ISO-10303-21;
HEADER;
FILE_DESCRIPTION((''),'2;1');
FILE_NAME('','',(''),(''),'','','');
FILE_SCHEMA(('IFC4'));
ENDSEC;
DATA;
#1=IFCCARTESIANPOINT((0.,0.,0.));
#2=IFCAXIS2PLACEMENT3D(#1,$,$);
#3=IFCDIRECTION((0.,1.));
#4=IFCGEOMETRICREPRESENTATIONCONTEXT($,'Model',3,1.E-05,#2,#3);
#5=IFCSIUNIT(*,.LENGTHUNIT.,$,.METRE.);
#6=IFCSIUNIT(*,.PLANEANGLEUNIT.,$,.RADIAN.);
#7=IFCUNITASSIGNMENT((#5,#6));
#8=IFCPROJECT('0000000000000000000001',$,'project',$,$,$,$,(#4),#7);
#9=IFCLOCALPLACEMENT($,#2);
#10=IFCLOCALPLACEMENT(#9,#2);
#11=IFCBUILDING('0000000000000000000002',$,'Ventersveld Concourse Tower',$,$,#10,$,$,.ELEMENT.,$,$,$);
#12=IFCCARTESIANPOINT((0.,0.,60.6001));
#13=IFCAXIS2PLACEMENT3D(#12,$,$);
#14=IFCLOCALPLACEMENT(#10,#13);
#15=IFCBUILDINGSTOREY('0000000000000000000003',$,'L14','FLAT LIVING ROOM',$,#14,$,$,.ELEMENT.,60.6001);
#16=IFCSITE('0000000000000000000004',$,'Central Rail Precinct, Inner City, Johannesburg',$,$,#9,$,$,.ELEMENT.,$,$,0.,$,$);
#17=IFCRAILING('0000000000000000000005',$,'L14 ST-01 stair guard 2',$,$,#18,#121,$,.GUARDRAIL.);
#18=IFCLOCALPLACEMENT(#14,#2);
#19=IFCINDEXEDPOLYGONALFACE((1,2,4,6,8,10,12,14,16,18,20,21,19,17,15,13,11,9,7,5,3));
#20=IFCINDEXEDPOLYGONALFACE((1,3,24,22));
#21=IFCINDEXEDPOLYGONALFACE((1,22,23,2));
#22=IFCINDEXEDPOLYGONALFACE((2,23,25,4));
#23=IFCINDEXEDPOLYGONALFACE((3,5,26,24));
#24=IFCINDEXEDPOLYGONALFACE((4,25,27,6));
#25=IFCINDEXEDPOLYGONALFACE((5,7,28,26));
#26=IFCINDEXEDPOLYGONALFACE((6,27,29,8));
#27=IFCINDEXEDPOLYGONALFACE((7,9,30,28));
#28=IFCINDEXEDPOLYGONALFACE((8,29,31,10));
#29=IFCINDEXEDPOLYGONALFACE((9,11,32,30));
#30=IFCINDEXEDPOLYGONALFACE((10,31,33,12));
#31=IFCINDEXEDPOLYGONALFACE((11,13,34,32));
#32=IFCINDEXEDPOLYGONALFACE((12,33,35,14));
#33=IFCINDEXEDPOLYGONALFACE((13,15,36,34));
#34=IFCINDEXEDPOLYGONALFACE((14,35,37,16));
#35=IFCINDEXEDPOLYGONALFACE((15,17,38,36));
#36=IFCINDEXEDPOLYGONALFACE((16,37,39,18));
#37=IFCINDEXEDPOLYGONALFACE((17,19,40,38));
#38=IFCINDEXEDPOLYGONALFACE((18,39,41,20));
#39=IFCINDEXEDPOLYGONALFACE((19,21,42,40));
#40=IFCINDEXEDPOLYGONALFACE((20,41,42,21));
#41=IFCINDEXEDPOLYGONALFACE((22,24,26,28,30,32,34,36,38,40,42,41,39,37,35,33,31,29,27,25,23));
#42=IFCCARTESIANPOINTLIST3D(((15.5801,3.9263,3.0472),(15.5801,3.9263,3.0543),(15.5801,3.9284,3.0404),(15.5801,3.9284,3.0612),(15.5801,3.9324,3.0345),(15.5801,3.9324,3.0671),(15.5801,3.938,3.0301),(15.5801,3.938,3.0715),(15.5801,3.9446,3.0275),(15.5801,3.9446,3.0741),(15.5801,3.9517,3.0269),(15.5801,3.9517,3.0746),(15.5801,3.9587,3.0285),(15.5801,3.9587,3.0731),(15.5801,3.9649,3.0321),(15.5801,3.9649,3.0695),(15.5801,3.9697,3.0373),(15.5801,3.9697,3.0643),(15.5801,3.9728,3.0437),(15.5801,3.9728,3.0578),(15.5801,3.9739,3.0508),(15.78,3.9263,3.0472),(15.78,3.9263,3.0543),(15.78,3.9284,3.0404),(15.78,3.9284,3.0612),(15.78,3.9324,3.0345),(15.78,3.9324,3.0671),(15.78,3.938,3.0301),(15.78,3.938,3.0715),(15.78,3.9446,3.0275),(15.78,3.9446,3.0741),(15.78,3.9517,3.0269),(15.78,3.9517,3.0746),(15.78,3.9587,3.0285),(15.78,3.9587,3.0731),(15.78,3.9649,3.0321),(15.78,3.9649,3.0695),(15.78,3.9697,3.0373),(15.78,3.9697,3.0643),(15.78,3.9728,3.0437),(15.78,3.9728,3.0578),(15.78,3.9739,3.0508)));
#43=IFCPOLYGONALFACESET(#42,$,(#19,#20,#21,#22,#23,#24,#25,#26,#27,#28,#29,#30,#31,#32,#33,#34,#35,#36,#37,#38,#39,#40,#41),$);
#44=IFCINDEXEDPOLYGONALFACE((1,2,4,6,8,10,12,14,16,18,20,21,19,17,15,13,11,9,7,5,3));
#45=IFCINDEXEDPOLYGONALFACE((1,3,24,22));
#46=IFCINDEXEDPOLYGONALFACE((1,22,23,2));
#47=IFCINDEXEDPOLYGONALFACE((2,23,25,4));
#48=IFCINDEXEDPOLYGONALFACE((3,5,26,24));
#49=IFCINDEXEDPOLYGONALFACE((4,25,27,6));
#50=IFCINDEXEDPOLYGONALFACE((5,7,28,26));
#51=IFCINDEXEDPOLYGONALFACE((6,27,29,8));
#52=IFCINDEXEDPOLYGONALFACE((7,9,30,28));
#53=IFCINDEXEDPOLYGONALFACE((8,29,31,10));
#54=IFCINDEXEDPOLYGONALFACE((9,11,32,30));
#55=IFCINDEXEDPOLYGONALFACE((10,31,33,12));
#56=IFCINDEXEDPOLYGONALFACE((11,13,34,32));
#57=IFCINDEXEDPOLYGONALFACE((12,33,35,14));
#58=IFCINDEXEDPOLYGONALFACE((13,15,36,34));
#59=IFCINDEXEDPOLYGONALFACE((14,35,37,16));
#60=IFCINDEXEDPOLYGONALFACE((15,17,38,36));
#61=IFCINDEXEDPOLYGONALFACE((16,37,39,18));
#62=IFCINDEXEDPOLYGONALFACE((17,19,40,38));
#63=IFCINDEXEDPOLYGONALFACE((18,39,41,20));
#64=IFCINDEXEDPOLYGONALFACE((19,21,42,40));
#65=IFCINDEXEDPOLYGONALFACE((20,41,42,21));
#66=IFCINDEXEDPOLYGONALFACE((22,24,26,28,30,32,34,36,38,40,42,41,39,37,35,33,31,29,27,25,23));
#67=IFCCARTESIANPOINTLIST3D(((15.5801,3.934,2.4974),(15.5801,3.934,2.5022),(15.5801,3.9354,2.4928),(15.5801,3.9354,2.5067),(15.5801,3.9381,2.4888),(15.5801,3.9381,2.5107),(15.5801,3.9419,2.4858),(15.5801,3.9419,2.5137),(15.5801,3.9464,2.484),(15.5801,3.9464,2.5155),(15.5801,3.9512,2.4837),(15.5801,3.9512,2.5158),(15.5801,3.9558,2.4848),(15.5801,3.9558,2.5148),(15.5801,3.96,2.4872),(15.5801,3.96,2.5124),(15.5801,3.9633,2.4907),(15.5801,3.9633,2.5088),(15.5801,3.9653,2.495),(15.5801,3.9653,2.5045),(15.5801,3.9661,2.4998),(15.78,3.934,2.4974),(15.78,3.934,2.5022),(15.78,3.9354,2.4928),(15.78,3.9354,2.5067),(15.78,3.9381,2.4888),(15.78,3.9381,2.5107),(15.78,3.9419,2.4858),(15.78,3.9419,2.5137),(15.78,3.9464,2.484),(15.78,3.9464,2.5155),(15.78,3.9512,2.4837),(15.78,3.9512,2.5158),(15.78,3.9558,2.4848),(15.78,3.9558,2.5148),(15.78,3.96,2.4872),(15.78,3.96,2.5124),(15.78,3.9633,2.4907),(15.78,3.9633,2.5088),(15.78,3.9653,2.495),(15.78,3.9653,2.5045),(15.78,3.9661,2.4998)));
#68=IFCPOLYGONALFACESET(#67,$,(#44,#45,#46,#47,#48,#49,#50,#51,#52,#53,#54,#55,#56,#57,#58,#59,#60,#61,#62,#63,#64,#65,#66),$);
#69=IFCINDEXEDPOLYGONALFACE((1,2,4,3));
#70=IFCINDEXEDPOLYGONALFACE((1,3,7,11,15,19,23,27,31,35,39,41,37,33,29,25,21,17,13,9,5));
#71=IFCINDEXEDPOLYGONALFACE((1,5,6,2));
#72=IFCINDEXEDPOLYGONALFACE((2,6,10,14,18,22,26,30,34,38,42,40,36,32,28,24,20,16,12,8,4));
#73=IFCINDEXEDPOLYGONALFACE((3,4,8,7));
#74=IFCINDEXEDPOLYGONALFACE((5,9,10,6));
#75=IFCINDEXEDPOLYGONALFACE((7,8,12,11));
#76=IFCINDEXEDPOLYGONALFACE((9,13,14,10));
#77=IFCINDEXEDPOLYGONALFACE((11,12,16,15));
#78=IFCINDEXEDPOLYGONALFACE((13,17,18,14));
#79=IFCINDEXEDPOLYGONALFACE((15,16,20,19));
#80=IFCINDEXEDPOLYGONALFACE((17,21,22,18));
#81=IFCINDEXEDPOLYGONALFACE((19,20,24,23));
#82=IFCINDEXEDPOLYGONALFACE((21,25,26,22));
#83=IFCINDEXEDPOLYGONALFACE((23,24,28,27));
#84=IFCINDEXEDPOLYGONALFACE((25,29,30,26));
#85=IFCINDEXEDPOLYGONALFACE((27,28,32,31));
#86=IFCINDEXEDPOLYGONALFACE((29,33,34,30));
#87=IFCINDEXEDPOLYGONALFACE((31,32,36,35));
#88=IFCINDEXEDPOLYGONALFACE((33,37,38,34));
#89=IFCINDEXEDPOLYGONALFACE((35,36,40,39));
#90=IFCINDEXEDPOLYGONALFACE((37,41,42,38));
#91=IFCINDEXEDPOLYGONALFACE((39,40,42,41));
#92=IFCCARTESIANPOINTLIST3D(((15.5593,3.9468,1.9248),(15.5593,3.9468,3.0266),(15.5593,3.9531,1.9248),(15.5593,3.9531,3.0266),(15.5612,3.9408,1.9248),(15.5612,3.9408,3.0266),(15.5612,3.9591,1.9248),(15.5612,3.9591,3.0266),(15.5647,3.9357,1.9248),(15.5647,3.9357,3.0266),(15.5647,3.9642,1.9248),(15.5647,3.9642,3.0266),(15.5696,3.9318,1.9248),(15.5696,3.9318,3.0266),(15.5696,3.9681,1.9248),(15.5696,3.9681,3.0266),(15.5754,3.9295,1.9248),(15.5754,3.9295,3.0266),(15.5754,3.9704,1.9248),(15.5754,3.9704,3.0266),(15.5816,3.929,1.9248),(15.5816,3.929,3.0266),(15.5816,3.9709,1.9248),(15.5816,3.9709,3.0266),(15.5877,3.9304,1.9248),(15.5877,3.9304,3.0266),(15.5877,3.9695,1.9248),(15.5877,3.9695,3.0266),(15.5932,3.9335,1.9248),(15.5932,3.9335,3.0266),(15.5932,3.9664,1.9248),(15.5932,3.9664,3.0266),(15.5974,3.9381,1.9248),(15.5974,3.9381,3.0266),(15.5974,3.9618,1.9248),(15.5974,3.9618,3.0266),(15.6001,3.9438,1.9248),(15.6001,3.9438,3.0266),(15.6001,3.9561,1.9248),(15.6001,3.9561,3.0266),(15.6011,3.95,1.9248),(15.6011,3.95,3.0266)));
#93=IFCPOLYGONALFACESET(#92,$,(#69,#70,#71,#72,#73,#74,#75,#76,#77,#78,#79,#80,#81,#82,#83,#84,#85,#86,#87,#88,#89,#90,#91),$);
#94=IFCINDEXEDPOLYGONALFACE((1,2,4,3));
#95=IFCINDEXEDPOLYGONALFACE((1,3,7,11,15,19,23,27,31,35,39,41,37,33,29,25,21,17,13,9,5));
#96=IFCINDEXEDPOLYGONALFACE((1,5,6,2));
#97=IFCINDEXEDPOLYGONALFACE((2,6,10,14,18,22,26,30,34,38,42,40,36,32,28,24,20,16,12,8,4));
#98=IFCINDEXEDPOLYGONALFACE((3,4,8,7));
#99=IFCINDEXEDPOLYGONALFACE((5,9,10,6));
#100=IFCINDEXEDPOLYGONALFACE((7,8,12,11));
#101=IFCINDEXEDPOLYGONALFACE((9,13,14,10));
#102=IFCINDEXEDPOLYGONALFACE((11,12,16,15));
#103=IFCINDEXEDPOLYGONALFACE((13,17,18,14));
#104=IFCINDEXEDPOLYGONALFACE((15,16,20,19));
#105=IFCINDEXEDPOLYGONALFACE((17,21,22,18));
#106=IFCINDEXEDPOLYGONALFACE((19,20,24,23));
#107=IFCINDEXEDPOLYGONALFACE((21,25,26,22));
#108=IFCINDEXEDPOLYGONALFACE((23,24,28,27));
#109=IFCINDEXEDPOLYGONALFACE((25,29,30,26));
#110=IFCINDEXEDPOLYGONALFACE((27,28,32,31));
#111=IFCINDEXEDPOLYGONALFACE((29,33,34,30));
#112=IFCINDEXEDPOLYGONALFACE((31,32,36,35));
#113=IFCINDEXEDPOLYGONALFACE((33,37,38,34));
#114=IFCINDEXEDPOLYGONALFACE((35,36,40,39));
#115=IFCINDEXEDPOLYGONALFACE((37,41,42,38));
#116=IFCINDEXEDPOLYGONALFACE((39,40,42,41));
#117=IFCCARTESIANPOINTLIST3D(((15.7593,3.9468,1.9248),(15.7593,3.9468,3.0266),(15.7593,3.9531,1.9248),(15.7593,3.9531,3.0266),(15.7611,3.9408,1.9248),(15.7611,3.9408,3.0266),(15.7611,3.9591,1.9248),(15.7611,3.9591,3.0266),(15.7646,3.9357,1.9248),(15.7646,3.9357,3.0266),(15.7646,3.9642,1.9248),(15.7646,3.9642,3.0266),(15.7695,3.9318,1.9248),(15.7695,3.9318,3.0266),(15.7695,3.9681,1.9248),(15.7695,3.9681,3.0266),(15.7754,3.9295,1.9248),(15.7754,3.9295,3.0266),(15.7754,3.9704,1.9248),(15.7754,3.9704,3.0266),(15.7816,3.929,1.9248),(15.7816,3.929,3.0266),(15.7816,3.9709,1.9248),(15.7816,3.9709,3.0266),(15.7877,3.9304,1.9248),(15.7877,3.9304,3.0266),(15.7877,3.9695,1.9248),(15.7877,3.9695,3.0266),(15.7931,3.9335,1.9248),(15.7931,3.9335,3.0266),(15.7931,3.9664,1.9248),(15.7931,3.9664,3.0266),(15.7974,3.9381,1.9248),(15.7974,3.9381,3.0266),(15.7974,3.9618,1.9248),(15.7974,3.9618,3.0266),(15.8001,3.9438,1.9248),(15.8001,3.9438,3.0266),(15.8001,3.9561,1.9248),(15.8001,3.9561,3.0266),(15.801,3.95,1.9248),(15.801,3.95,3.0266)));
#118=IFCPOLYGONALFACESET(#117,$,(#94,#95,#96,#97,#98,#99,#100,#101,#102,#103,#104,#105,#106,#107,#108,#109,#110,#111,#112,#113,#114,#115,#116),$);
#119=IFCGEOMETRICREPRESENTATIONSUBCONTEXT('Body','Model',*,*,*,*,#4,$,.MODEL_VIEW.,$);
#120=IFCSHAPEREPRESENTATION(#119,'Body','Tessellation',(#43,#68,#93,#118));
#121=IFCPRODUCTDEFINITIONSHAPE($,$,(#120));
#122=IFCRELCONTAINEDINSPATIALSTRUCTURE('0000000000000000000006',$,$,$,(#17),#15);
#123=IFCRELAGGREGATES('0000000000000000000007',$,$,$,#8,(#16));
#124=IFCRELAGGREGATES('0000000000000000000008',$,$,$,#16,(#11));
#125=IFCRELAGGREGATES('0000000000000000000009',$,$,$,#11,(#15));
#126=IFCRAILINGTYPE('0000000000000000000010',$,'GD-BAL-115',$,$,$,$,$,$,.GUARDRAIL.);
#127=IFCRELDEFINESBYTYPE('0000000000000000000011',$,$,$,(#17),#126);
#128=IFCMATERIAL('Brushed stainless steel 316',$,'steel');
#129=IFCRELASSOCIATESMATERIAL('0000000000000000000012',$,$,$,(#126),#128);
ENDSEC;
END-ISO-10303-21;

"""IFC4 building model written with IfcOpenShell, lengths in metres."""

from ifc_helpers import new_model, si_unit, direction, frame, origin, origin_2d, place, context, subcontext, project, spatial, circle, extrude, material, type_object, element, save


model = new_model("IFC4")

# Units and contexts
model_context = context("Model", 3, precision=1e-05, world=origin(), true_north=direction((0.0, 1.0)))
body_context = subcontext(model_context, "Body", "Model", "MODEL_VIEW")
ifc_project = project(units=[si_unit("LENGTHUNIT", "METRE"), si_unit("PLANEANGLEUNIT", "RADIAN")], contexts=[model_context])

# Site, building, storey
site_placement = place(None, origin())
site = spatial("IfcSite", under=ifc_project, at=site_placement, Name="Central Rail Precinct, Inner City, Johannesburg", CompositionType="ELEMENT", RefElevation=0.0)
building_placement = place(site_placement, origin())
building = spatial("IfcBuilding", under=site, at=building_placement, Name="Ventersveld Concourse Tower", CompositionType="ELEMENT")
storey_placement = place(building_placement, frame((0.0, 0.0, 60.6001)))
storey = spatial("IfcBuildingStorey", under=building, at=storey_placement, Name="L14", Description="FLAT LIVING ROOM", CompositionType="ELEMENT", Elevation=60.6001)

# Railing
ifc_material_1 = material(Name="Brushed stainless steel 316", Category="steel")
railing_type_1 = type_object("IfcRailingType", Name="GD-BAL-115", PredefinedType="GUARDRAIL", material=ifc_material_1)
railing_1_placement = place(storey_placement, frame((15.5801, 3.95, 1.9248)))
element("IfcRailing", 1, at=railing_1_placement, inside=storey, type_object=railing_type_1, Name="L14 ST-01 stair guard 2", PredefinedType="GUARDRAIL", context=body_context, shape_type="SweptSolid", body=[
    extrude(circle(Radius=0.0239, at=origin_2d()), frame((0.0, 0.0, 1.126), z_axis=(1.0, 0.0, 0.0), x_axis=(0.0, 1.0, 0.0)), (0.0, 0.0, 1.0), 0.2),
    extrude(circle(Radius=0.0161, at=origin_2d()), frame((0.0, 0.0, 0.575), z_axis=(1.0, 0.0, 0.0), x_axis=(0.0, 1.0, 0.0)), (0.0, 0.0, 1.0), 0.2),
    extrude(circle(Radius=0.021, at=origin_2d()), origin(), (0.0, 0.0, 1.0), 1.1018),
    extrude(circle(Radius=0.021, at=origin_2d()), frame((0.2, 0.0, 0.0)), (0.0, 0.0, 1.0), 1.1018),
])

save(model, "model.ifc")
